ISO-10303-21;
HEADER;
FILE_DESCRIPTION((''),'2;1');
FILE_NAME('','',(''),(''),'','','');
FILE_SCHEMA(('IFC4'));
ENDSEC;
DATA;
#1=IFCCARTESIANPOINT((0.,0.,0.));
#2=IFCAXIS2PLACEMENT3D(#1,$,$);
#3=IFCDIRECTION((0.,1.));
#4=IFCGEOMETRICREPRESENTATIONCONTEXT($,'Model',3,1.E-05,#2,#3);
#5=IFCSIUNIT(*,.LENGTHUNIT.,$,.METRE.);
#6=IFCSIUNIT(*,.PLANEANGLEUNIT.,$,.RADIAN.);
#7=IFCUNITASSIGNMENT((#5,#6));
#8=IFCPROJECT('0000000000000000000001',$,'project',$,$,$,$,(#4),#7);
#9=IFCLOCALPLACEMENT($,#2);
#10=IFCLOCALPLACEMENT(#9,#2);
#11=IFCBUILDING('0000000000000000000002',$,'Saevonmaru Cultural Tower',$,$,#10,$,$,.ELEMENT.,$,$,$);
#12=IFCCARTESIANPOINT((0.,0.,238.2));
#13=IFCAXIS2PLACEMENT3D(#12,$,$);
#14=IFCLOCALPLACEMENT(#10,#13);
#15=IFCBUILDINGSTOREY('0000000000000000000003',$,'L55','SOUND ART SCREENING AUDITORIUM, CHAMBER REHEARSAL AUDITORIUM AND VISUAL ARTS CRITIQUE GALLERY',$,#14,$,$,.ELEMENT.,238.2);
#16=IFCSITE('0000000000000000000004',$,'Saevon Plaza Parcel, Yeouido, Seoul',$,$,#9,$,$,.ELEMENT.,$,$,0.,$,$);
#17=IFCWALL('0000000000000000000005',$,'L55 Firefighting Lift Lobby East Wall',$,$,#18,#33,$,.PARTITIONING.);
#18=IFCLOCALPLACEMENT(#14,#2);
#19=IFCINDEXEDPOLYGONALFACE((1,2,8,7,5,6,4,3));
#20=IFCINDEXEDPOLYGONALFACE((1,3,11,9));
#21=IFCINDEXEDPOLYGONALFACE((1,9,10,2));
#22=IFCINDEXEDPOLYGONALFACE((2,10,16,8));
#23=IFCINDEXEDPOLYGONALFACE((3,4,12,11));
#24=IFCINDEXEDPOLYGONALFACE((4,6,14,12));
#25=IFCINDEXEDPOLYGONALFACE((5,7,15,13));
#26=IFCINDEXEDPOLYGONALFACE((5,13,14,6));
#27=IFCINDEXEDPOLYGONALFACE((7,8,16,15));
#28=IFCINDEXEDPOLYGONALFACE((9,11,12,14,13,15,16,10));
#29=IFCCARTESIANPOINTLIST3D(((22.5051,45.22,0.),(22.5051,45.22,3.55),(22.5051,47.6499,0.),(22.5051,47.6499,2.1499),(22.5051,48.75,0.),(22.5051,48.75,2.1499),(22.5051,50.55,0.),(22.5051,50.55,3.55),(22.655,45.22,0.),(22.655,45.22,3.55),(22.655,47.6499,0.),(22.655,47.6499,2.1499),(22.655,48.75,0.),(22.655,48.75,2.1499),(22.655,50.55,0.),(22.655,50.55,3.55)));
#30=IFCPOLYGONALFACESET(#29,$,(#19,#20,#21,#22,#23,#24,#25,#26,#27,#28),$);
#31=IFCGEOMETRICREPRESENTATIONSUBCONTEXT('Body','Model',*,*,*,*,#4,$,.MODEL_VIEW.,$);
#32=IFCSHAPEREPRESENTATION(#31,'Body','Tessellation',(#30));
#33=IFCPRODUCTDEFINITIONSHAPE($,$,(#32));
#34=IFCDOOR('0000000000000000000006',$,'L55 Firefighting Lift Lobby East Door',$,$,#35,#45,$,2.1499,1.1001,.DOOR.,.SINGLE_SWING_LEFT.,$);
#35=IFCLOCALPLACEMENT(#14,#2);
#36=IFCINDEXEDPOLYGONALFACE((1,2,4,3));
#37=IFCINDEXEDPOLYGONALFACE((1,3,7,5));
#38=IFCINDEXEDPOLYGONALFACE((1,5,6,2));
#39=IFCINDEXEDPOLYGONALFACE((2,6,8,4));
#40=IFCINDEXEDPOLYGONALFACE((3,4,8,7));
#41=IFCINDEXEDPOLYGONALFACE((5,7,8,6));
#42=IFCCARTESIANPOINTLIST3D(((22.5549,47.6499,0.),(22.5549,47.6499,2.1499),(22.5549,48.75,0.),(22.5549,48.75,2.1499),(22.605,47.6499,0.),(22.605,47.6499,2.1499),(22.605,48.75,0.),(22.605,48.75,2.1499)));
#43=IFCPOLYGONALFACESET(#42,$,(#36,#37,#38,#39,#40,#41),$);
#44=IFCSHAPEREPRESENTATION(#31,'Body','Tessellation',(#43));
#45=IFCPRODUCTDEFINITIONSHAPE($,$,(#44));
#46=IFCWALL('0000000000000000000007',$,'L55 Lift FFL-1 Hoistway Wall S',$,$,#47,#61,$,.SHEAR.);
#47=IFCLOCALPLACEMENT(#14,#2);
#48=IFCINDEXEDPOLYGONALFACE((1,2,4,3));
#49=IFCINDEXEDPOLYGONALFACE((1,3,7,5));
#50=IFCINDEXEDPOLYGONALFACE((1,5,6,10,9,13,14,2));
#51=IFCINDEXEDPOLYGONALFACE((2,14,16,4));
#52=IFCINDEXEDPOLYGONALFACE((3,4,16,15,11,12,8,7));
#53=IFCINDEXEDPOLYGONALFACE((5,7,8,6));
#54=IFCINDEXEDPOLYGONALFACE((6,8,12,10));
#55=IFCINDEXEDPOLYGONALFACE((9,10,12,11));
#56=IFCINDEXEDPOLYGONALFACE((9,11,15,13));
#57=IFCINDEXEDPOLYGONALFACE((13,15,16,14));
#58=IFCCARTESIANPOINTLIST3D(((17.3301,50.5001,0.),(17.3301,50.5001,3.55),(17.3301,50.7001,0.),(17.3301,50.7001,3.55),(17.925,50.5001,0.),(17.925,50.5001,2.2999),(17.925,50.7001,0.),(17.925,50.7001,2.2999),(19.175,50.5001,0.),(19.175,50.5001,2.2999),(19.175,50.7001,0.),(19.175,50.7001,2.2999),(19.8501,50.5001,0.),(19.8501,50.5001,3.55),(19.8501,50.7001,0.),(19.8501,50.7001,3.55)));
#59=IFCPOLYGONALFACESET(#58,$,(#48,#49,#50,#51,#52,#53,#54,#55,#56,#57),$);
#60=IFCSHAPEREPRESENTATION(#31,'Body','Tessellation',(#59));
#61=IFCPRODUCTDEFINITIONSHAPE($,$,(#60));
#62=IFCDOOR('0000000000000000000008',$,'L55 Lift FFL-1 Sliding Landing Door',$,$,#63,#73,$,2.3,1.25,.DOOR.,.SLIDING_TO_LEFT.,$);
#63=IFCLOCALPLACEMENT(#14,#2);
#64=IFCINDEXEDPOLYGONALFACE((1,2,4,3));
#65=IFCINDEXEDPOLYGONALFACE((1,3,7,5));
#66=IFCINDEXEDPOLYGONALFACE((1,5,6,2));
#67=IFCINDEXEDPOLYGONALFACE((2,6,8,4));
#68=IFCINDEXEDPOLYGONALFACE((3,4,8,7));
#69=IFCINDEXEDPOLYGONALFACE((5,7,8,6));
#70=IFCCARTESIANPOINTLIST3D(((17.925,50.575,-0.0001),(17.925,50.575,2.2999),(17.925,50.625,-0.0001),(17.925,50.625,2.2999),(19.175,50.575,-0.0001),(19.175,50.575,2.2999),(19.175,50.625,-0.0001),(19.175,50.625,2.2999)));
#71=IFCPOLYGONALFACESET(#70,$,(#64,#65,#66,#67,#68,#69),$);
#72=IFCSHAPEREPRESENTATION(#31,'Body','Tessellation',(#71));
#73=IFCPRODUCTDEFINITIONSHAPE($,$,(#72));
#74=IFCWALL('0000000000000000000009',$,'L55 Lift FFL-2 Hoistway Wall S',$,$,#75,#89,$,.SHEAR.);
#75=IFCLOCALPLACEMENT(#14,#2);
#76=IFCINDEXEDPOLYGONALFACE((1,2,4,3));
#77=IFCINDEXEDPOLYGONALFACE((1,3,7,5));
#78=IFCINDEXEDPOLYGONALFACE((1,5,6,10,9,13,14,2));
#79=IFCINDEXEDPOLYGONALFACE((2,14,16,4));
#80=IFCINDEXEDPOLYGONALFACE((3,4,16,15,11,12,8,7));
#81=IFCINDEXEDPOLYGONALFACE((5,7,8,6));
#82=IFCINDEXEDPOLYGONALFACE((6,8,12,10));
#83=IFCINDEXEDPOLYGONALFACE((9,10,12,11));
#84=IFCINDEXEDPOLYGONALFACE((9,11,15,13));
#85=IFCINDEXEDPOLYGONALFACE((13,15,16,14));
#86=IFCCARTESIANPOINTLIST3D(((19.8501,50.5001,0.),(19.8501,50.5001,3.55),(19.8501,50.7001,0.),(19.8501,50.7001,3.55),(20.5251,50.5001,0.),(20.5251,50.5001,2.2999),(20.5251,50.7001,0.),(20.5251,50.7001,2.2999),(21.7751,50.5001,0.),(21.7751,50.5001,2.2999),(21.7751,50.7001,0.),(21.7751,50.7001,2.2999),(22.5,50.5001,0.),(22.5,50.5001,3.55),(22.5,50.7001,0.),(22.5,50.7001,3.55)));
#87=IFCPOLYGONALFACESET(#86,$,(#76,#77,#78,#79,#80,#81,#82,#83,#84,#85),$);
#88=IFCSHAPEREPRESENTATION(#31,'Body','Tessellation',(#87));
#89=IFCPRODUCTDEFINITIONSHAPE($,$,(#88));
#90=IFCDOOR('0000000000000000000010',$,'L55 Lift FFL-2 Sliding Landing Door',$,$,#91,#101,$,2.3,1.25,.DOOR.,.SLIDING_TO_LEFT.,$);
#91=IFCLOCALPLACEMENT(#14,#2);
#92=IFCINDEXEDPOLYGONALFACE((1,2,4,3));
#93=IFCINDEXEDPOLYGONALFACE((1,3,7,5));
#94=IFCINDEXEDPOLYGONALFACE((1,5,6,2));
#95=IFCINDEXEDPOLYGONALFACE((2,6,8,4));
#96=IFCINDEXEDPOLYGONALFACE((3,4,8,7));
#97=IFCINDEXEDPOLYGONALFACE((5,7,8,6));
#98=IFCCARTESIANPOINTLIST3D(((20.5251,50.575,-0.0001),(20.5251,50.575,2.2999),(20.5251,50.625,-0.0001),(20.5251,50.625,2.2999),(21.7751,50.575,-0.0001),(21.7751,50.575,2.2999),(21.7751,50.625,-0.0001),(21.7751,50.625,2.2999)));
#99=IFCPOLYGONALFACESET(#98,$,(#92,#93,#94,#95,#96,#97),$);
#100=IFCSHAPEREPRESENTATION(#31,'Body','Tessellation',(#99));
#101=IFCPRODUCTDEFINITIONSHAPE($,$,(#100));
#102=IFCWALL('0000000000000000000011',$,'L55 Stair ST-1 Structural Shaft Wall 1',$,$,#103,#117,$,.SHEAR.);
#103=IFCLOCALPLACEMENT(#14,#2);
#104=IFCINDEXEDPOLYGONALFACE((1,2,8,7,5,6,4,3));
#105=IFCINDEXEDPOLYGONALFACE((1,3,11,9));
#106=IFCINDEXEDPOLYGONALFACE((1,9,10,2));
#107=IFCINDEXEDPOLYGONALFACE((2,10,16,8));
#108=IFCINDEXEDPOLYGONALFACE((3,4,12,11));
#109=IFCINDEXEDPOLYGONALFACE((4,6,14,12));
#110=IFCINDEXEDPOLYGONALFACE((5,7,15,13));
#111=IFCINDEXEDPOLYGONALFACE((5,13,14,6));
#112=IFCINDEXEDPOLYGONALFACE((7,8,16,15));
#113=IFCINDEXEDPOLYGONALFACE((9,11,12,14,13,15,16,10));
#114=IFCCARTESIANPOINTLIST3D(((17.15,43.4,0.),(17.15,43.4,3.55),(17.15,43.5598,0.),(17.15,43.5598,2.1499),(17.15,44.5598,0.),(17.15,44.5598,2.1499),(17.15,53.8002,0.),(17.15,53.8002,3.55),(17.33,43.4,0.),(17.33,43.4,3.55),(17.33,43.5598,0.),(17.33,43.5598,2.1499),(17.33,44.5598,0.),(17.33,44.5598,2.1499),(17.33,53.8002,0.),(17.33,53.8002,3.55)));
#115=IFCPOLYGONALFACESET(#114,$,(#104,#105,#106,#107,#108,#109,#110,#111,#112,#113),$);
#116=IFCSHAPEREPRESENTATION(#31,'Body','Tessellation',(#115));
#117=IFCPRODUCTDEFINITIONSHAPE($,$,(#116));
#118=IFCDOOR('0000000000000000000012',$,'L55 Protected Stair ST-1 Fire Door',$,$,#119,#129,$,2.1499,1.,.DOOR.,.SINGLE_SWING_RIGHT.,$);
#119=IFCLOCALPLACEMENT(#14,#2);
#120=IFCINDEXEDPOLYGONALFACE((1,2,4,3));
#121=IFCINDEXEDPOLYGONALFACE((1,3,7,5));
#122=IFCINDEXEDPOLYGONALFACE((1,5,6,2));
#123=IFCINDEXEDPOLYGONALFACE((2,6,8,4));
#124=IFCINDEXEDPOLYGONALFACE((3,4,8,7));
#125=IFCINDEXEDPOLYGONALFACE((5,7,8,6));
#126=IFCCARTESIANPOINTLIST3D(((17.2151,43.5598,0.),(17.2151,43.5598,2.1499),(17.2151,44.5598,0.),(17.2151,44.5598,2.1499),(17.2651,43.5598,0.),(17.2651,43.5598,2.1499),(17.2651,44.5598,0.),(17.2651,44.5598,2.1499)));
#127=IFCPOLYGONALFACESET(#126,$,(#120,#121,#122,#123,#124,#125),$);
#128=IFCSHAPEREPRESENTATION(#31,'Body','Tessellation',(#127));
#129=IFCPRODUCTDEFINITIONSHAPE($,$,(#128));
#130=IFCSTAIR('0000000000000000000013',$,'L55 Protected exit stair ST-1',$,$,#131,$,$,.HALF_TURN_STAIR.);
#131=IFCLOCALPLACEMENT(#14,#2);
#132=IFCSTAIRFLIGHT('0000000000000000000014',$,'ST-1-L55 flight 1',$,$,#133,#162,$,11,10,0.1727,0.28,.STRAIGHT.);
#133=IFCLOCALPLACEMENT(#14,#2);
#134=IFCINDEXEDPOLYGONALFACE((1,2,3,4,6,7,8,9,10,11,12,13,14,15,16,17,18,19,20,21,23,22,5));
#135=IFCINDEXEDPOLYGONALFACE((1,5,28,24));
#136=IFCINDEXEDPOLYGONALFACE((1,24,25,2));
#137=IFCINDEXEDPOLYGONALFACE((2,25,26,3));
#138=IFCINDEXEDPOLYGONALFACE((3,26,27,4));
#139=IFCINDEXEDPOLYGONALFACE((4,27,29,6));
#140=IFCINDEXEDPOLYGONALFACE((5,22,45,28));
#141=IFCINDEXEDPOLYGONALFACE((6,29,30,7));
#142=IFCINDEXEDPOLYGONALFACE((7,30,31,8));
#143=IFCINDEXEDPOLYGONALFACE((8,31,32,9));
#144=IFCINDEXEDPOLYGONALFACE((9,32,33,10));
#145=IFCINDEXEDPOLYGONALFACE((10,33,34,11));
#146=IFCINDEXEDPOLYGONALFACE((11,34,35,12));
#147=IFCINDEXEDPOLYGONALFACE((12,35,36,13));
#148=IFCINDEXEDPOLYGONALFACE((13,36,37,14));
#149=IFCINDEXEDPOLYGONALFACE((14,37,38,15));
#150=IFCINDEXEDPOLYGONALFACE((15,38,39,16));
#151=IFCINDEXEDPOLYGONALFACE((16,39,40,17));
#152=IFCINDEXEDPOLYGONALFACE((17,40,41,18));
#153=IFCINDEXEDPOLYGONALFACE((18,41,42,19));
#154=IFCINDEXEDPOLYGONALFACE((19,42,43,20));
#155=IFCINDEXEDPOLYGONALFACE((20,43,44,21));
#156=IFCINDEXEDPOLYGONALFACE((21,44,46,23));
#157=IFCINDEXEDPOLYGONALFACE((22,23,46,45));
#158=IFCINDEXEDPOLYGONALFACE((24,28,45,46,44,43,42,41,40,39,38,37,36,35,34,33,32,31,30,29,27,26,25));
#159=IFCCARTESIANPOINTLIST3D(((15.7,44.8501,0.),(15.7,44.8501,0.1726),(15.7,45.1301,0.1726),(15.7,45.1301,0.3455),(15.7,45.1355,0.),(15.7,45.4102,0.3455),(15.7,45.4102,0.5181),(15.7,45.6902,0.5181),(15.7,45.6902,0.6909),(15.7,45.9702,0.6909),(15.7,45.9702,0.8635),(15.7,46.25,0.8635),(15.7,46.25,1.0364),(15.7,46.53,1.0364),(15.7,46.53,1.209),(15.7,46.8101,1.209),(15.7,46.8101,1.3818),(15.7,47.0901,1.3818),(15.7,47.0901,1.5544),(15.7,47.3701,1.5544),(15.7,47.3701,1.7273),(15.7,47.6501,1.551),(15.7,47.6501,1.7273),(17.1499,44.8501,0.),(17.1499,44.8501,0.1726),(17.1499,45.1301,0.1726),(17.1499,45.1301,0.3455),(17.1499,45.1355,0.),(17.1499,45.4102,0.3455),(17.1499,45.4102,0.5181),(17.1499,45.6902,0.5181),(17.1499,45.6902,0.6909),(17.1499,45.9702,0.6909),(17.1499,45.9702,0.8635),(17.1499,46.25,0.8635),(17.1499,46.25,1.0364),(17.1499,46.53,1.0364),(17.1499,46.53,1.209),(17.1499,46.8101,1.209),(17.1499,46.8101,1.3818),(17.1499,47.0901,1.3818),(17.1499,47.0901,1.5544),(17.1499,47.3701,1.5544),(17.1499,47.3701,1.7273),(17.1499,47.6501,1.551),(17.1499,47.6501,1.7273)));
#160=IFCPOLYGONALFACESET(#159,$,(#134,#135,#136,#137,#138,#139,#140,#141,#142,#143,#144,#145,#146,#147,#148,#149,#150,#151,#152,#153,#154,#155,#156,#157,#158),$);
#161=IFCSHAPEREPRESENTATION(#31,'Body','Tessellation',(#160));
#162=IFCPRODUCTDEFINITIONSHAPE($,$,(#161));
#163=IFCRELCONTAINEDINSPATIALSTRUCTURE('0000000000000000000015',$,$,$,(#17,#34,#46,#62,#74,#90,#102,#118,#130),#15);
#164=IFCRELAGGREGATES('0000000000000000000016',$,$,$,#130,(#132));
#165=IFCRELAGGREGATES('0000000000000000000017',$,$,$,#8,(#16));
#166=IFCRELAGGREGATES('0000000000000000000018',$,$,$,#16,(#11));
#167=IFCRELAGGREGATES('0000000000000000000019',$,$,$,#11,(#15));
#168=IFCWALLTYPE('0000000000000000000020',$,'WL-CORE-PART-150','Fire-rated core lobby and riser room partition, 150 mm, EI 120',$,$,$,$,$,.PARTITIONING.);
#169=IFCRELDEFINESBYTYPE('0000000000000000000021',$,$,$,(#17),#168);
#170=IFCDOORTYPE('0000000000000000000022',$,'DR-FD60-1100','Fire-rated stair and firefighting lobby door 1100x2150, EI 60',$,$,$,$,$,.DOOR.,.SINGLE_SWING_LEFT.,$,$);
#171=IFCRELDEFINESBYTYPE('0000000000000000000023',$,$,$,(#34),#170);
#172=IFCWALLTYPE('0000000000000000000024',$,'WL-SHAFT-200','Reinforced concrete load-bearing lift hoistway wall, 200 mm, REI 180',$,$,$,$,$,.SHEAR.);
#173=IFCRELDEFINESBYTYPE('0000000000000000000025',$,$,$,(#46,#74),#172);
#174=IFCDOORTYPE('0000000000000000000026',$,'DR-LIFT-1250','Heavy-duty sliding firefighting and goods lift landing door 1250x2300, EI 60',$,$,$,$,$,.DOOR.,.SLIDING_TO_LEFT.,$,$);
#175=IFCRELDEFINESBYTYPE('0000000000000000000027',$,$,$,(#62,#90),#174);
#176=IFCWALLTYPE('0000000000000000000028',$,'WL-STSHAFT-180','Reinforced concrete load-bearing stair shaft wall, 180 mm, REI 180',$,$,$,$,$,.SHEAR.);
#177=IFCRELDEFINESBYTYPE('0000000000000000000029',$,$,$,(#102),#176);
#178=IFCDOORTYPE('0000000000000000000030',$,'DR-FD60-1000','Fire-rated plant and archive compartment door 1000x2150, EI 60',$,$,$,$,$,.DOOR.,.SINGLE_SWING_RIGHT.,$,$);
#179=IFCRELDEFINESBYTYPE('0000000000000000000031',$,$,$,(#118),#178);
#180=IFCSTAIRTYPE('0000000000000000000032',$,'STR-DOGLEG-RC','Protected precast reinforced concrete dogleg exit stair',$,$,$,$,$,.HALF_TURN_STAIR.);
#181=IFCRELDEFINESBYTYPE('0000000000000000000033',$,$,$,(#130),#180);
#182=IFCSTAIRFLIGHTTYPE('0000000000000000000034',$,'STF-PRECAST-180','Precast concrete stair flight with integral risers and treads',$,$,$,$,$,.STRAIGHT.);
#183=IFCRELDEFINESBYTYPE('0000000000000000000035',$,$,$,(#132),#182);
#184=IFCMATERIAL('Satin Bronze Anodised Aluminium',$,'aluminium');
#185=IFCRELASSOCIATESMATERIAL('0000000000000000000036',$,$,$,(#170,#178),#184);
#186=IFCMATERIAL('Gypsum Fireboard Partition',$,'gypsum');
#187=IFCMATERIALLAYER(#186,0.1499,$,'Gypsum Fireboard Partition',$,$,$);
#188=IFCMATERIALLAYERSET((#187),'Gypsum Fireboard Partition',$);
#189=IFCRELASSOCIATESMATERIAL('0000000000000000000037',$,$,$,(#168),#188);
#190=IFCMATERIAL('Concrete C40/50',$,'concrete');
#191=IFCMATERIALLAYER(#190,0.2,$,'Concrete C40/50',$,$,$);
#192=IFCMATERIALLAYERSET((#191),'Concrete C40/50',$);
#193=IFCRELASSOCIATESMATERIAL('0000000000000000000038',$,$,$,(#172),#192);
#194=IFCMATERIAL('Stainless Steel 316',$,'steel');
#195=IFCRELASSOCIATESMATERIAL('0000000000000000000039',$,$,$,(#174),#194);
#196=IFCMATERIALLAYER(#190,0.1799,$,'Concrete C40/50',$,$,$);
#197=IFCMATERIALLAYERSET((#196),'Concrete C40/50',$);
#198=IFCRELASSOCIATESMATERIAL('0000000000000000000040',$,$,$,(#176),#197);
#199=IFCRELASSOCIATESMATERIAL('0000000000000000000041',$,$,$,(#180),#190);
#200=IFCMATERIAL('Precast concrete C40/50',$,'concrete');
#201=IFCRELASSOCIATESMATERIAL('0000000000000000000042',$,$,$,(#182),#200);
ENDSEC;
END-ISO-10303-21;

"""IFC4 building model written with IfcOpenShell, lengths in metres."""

from ifc_helpers import new_model, si_unit, direction, frame, frame_2d, origin, place, context, subcontext, project, spatial, polyline, rectangle, outline, extrude, material, layer, layer_set, type_object, element, fill, aggregate, save


model = new_model("IFC4")

# Units and contexts
model_context = context("Model", 3, precision=1e-05, world=origin(), true_north=direction((0.0, 1.0)))
body_context = subcontext(model_context, "Body", "Model", "MODEL_VIEW")
ifc_project = project(units=[si_unit("LENGTHUNIT", "METRE"), si_unit("PLANEANGLEUNIT", "RADIAN")], contexts=[model_context])

# Site, building, storey
site_placement = place(None, origin())
site = spatial("IfcSite", under=ifc_project, at=site_placement, Name="Saevon Plaza Parcel, Yeouido, Seoul", CompositionType="ELEMENT", RefElevation=0.0)
building_placement = place(site_placement, origin())
building = spatial("IfcBuilding", under=site, at=building_placement, Name="Saevonmaru Cultural Tower", CompositionType="ELEMENT")
storey_placement = place(building_placement, frame((0.0, 0.0, 238.2)))
storey = spatial("IfcBuildingStorey", under=building, at=storey_placement, Name="L55", Description="SOUND ART SCREENING AUDITORIUM, CHAMBER REHEARSAL AUDITORIUM AND VISUAL ARTS CRITIQUE GALLERY", CompositionType="ELEMENT", Elevation=238.2)

# Shared definitions
ifc_material_1 = material(Name="Satin Bronze Anodised Aluminium", Category="aluminium")
door_type_1 = type_object("IfcDoorType", Name="DR-FD60-1100", Description="Fire-rated stair and firefighting lobby door 1100x2150, EI 60", OperationType="SINGLE_SWING_LEFT", PredefinedType="DOOR", material=ifc_material_1)

# Walls, openings, doors
ifc_material_2 = material(Name="Gypsum Fireboard Partition", Category="gypsum")
ifc_layer_1 = layer(ifc_material_2, 0.1499, Name="Gypsum Fireboard Partition")
ifc_layer_set_1 = layer_set([ifc_layer_1], Name="Gypsum Fireboard Partition")
wall_type_1 = type_object("IfcWallType", Name="WL-CORE-PART-150", Description="Fire-rated core lobby and riser room partition, 150 mm, EI 120", PredefinedType="PARTITIONING", material=ifc_layer_set_1)
wall_1_placement = place(storey_placement, frame((22.5801, 50.55, 0.0), z_axis=(0.0, 0.0, 1.0), x_axis=(0.0, -1.0, 0.0)))
wall_1 = element("IfcWall", 1, at=wall_1_placement, inside=storey, type_object=wall_type_1, Name="L55 Firefighting Lift Lobby East Wall", PredefinedType="PARTITIONING", context=body_context, shape_type="SweptSolid", body=[
    extrude(rectangle(XDim=5.3301, YDim=0.1499, at=frame_2d((2.665, 0.0))), origin(), (0.0, 0.0, 1.0), 3.55),
])
opening_1_placement = place(wall_1_placement, frame((1.8, 0.0, 0.0)))
opening_1 = element("IfcOpeningElement", 2, at=opening_1_placement, cuts=wall_1, PredefinedType="OPENING", context=body_context, shape_type="SweptSolid", body=[
    extrude(rectangle(XDim=1.1001, YDim=2.1499, at=frame_2d((0.55, 1.075))), frame((0.0, 0.085, 0.0), z_axis=(0.0, -1.0, 0.0), x_axis=(1.0, 0.0, 0.0)), (0.0, 0.0, 1.0), 0.1699),
])
door_1_placement = place(opening_1_placement, origin())
door_1 = element("IfcDoor", 3, at=door_1_placement, inside=storey, type_object=door_type_1, Name="L55 Firefighting Lift Lobby East Door", OperationType="SINGLE_SWING_LEFT", OverallHeight=2.1499, OverallWidth=1.1001, PredefinedType="DOOR", context=body_context, shape_type="SweptSolid", body=[
    extrude(rectangle(XDim=1.1001, YDim=2.1499, at=frame_2d((0.55, 1.075))), frame((0.0, 0.0249, 0.0), z_axis=(0.0, -1.0, 0.0), x_axis=(1.0, 0.0, 0.0)), (0.0, 0.0, 1.0), 0.05),
])
fill(opening_1, door_1)
ifc_material_3 = material(Name="Concrete C40/50", Category="concrete")
ifc_layer_2 = layer(ifc_material_3, 0.2, Name="Concrete C40/50")
ifc_layer_set_2 = layer_set([ifc_layer_2], Name="Concrete C40/50")
wall_type_2 = type_object("IfcWallType", Name="WL-SHAFT-200", Description="Reinforced concrete load-bearing lift hoistway wall, 200 mm, REI 180", PredefinedType="SHEAR", material=ifc_layer_set_2)
wall_2_placement = place(storey_placement, frame((17.3301, 50.6001, 0.0), z_axis=(0.0, 0.0, 1.0), x_axis=(1.0, 0.0, 0.0)))
wall_2 = element("IfcWall", 4, at=wall_2_placement, inside=storey, type_object=wall_type_2, Name="L55 Lift FFL-1 Hoistway Wall S", PredefinedType="SHEAR", context=body_context, shape_type="SweptSolid", body=[
    extrude(rectangle(XDim=2.52, YDim=0.2, at=frame_2d((1.26, 0.0))), origin(), (0.0, 0.0, 1.0), 3.55),
])
opening_2_placement = place(wall_2_placement, frame((0.595, 0.0, 0.0)))
opening_2 = element("IfcOpeningElement", 5, at=opening_2_placement, cuts=wall_2, PredefinedType="OPENING", context=body_context, shape_type="SweptSolid", body=[
    extrude(rectangle(XDim=1.25, YDim=2.3, at=frame_2d((0.625, 1.1499))), frame((0.0, 0.1099, 0.0), z_axis=(0.0, -1.0, 0.0), x_axis=(1.0, 0.0, 0.0)), (0.0, 0.0, 1.0), 0.22),
])
ifc_material_4 = material(Name="Stainless Steel 316", Category="steel")
door_type_2 = type_object("IfcDoorType", Name="DR-LIFT-1250", Description="Heavy-duty sliding firefighting and goods lift landing door 1250x2300, EI 60", OperationType="SLIDING_TO_LEFT", PredefinedType="DOOR", material=ifc_material_4)
door_2_placement = place(opening_2_placement, origin())
door_2 = element("IfcDoor", 6, at=door_2_placement, inside=storey, type_object=door_type_2, Name="L55 Lift FFL-1 Sliding Landing Door", OperationType="SLIDING_TO_LEFT", OverallHeight=2.3, OverallWidth=1.25, PredefinedType="DOOR", context=body_context, shape_type="SweptSolid", body=[
    extrude(rectangle(XDim=1.25, YDim=2.3, at=frame_2d((0.625, 1.1499))), frame((0.0, 0.0249, 0.0), z_axis=(0.0, -1.0, 0.0), x_axis=(1.0, 0.0, 0.0)), (0.0, 0.0, 1.0), 0.05),
])
fill(opening_2, door_2)
wall_3_placement = place(storey_placement, frame((19.8501, 50.6001, 0.0), z_axis=(0.0, 0.0, 1.0), x_axis=(1.0, 0.0, 0.0)))
wall_3 = element("IfcWall", 7, at=wall_3_placement, inside=storey, type_object=wall_type_2, Name="L55 Lift FFL-2 Hoistway Wall S", PredefinedType="SHEAR", context=body_context, shape_type="SweptSolid", body=[
    extrude(rectangle(XDim=2.6499, YDim=0.2, at=frame_2d((1.325, 0.0))), origin(), (0.0, 0.0, 1.0), 3.55),
])
opening_3_placement = place(wall_3_placement, frame((0.675, 0.0, 0.0)))
opening_3 = element("IfcOpeningElement", 8, at=opening_3_placement, cuts=wall_3, PredefinedType="OPENING", context=body_context, shape_type="SweptSolid", body=[
    extrude(rectangle(XDim=1.25, YDim=2.3, at=frame_2d((0.625, 1.1499))), frame((0.0, 0.1099, 0.0), z_axis=(0.0, -1.0, 0.0), x_axis=(1.0, 0.0, 0.0)), (0.0, 0.0, 1.0), 0.22),
])
door_3_placement = place(opening_3_placement, origin())
door_3 = element("IfcDoor", 9, at=door_3_placement, inside=storey, type_object=door_type_2, Name="L55 Lift FFL-2 Sliding Landing Door", OperationType="SLIDING_TO_LEFT", OverallHeight=2.3, OverallWidth=1.25, PredefinedType="DOOR", context=body_context, shape_type="SweptSolid", body=[
    extrude(rectangle(XDim=1.25, YDim=2.3, at=frame_2d((0.625, 1.1499))), frame((0.0, 0.0249, 0.0), z_axis=(0.0, -1.0, 0.0), x_axis=(1.0, 0.0, 0.0)), (0.0, 0.0, 1.0), 0.05),
])
fill(opening_3, door_3)
ifc_layer_3 = layer(ifc_material_3, 0.1799, Name="Concrete C40/50")
ifc_layer_set_3 = layer_set([ifc_layer_3], Name="Concrete C40/50")
wall_type_3 = type_object("IfcWallType", Name="WL-STSHAFT-180", Description="Reinforced concrete load-bearing stair shaft wall, 180 mm, REI 180", PredefinedType="SHEAR", material=ifc_layer_set_3)
wall_4_placement = place(storey_placement, frame((17.24, 43.3999, 0.0), z_axis=(0.0, 0.0, 1.0), x_axis=(0.0, 1.0, 0.0)))
wall_4 = element("IfcWall", 10, at=wall_4_placement, inside=storey, type_object=wall_type_3, Name="L55 Stair ST-1 Structural Shaft Wall 1", PredefinedType="SHEAR", context=body_context, shape_type="SweptSolid", body=[
    extrude(rectangle(XDim=10.4001, YDim=0.1799, at=frame_2d((5.2002, 0.0))), origin(), (0.0, 0.0, 1.0), 3.55),
])
opening_4_placement = place(wall_4_placement, frame((0.1599, 0.0, 0.0)))
opening_4 = element("IfcOpeningElement", 11, at=opening_4_placement, cuts=wall_4, PredefinedType="OPENING", context=body_context, shape_type="SweptSolid", body=[
    extrude(rectangle(XDim=1.0, YDim=2.1499, at=frame_2d((0.5, 1.075))), frame((0.0, 0.1001, 0.0), z_axis=(0.0, -1.0, 0.0), x_axis=(1.0, 0.0, 0.0)), (0.0, 0.0, 1.0), 0.2),
])
door_type_3 = type_object("IfcDoorType", Name="DR-FD60-1000", Description="Fire-rated plant and archive compartment door 1000x2150, EI 60", OperationType="SINGLE_SWING_RIGHT", PredefinedType="DOOR", material=ifc_material_1)
door_4_placement = place(opening_4_placement, origin())
door_4 = element("IfcDoor", 12, at=door_4_placement, inside=storey, type_object=door_type_3, Name="L55 Protected Stair ST-1 Fire Door", OperationType="SINGLE_SWING_RIGHT", OverallHeight=2.1499, OverallWidth=1.0, PredefinedType="DOOR", context=body_context, shape_type="SweptSolid", body=[
    extrude(rectangle(XDim=1.0, YDim=2.1499, at=frame_2d((0.5, 1.075))), frame((0.0, 0.0249, 0.0), z_axis=(0.0, -1.0, 0.0), x_axis=(1.0, 0.0, 0.0)), (0.0, 0.0, 1.0), 0.05),
])
fill(opening_4, door_4)

# Stair, stair flight
stair_type = type_object("IfcStairType", Name="STR-DOGLEG-RC", Description="Protected precast reinforced concrete dogleg exit stair", PredefinedType="HALF_TURN_STAIR", material=ifc_material_3)
stair_placement = place(storey_placement, origin())
stair = element("IfcStair", 13, at=stair_placement, inside=storey, type_object=stair_type, Name="L55 Protected exit stair ST-1", PredefinedType="HALF_TURN_STAIR")
ifc_material_5 = material(Name="Precast concrete C40/50", Category="concrete")
stair_flight_type = type_object("IfcStairFlightType", Name="STF-PRECAST-180", Description="Precast concrete stair flight with integral risers and treads", PredefinedType="STRAIGHT", material=ifc_material_5)
stair_flight_1_placement = place(storey_placement, frame((16.425, 44.8501, 0.0), z_axis=(0.0, 0.0, 1.0), x_axis=(0.0, 1.0, 0.0)))
stair_flight_1 = element("IfcStairFlight", 14, at=stair_flight_1_placement, type_object=stair_flight_type, Name="ST-1-L55 flight 1", NumberOfRisers=11, NumberOfTreads=10, PredefinedType="STRAIGHT", RiserHeight=0.1727, TreadLength=0.28, context=body_context, shape_type="SweptSolid", body=[
    extrude(outline(polyline([(0.0, 0.0), (0.0, 0.1726), (0.28, 0.1726), (0.28, 0.3455), (0.5601, 0.3455), (0.5601, 0.5181), (0.8401, 0.5181), (0.8401, 0.6909), (1.1201, 0.6909), (1.1201, 0.8635), (1.3999, 0.8635), (1.3999, 1.0364), (1.6799, 1.0364), (1.6799, 1.209), (1.96, 1.209), (1.96, 1.3818), (2.24, 1.3818), (2.24, 1.5544), (2.52, 1.5544), (2.52, 1.7273), (2.8, 1.7273), (2.8, 1.8999), (2.8, 1.551), (0.2854, 0.0), (0.0, 0.0)])), frame((0.0, 0.7251, 0.0), z_axis=(0.0, -1.0, 0.0), x_axis=(1.0, 0.0, 0.0)), (0.0, 0.0, 1.0), 1.45),
])
aggregate(stair, [stair_flight_1])

save(model, "model.ifc")
